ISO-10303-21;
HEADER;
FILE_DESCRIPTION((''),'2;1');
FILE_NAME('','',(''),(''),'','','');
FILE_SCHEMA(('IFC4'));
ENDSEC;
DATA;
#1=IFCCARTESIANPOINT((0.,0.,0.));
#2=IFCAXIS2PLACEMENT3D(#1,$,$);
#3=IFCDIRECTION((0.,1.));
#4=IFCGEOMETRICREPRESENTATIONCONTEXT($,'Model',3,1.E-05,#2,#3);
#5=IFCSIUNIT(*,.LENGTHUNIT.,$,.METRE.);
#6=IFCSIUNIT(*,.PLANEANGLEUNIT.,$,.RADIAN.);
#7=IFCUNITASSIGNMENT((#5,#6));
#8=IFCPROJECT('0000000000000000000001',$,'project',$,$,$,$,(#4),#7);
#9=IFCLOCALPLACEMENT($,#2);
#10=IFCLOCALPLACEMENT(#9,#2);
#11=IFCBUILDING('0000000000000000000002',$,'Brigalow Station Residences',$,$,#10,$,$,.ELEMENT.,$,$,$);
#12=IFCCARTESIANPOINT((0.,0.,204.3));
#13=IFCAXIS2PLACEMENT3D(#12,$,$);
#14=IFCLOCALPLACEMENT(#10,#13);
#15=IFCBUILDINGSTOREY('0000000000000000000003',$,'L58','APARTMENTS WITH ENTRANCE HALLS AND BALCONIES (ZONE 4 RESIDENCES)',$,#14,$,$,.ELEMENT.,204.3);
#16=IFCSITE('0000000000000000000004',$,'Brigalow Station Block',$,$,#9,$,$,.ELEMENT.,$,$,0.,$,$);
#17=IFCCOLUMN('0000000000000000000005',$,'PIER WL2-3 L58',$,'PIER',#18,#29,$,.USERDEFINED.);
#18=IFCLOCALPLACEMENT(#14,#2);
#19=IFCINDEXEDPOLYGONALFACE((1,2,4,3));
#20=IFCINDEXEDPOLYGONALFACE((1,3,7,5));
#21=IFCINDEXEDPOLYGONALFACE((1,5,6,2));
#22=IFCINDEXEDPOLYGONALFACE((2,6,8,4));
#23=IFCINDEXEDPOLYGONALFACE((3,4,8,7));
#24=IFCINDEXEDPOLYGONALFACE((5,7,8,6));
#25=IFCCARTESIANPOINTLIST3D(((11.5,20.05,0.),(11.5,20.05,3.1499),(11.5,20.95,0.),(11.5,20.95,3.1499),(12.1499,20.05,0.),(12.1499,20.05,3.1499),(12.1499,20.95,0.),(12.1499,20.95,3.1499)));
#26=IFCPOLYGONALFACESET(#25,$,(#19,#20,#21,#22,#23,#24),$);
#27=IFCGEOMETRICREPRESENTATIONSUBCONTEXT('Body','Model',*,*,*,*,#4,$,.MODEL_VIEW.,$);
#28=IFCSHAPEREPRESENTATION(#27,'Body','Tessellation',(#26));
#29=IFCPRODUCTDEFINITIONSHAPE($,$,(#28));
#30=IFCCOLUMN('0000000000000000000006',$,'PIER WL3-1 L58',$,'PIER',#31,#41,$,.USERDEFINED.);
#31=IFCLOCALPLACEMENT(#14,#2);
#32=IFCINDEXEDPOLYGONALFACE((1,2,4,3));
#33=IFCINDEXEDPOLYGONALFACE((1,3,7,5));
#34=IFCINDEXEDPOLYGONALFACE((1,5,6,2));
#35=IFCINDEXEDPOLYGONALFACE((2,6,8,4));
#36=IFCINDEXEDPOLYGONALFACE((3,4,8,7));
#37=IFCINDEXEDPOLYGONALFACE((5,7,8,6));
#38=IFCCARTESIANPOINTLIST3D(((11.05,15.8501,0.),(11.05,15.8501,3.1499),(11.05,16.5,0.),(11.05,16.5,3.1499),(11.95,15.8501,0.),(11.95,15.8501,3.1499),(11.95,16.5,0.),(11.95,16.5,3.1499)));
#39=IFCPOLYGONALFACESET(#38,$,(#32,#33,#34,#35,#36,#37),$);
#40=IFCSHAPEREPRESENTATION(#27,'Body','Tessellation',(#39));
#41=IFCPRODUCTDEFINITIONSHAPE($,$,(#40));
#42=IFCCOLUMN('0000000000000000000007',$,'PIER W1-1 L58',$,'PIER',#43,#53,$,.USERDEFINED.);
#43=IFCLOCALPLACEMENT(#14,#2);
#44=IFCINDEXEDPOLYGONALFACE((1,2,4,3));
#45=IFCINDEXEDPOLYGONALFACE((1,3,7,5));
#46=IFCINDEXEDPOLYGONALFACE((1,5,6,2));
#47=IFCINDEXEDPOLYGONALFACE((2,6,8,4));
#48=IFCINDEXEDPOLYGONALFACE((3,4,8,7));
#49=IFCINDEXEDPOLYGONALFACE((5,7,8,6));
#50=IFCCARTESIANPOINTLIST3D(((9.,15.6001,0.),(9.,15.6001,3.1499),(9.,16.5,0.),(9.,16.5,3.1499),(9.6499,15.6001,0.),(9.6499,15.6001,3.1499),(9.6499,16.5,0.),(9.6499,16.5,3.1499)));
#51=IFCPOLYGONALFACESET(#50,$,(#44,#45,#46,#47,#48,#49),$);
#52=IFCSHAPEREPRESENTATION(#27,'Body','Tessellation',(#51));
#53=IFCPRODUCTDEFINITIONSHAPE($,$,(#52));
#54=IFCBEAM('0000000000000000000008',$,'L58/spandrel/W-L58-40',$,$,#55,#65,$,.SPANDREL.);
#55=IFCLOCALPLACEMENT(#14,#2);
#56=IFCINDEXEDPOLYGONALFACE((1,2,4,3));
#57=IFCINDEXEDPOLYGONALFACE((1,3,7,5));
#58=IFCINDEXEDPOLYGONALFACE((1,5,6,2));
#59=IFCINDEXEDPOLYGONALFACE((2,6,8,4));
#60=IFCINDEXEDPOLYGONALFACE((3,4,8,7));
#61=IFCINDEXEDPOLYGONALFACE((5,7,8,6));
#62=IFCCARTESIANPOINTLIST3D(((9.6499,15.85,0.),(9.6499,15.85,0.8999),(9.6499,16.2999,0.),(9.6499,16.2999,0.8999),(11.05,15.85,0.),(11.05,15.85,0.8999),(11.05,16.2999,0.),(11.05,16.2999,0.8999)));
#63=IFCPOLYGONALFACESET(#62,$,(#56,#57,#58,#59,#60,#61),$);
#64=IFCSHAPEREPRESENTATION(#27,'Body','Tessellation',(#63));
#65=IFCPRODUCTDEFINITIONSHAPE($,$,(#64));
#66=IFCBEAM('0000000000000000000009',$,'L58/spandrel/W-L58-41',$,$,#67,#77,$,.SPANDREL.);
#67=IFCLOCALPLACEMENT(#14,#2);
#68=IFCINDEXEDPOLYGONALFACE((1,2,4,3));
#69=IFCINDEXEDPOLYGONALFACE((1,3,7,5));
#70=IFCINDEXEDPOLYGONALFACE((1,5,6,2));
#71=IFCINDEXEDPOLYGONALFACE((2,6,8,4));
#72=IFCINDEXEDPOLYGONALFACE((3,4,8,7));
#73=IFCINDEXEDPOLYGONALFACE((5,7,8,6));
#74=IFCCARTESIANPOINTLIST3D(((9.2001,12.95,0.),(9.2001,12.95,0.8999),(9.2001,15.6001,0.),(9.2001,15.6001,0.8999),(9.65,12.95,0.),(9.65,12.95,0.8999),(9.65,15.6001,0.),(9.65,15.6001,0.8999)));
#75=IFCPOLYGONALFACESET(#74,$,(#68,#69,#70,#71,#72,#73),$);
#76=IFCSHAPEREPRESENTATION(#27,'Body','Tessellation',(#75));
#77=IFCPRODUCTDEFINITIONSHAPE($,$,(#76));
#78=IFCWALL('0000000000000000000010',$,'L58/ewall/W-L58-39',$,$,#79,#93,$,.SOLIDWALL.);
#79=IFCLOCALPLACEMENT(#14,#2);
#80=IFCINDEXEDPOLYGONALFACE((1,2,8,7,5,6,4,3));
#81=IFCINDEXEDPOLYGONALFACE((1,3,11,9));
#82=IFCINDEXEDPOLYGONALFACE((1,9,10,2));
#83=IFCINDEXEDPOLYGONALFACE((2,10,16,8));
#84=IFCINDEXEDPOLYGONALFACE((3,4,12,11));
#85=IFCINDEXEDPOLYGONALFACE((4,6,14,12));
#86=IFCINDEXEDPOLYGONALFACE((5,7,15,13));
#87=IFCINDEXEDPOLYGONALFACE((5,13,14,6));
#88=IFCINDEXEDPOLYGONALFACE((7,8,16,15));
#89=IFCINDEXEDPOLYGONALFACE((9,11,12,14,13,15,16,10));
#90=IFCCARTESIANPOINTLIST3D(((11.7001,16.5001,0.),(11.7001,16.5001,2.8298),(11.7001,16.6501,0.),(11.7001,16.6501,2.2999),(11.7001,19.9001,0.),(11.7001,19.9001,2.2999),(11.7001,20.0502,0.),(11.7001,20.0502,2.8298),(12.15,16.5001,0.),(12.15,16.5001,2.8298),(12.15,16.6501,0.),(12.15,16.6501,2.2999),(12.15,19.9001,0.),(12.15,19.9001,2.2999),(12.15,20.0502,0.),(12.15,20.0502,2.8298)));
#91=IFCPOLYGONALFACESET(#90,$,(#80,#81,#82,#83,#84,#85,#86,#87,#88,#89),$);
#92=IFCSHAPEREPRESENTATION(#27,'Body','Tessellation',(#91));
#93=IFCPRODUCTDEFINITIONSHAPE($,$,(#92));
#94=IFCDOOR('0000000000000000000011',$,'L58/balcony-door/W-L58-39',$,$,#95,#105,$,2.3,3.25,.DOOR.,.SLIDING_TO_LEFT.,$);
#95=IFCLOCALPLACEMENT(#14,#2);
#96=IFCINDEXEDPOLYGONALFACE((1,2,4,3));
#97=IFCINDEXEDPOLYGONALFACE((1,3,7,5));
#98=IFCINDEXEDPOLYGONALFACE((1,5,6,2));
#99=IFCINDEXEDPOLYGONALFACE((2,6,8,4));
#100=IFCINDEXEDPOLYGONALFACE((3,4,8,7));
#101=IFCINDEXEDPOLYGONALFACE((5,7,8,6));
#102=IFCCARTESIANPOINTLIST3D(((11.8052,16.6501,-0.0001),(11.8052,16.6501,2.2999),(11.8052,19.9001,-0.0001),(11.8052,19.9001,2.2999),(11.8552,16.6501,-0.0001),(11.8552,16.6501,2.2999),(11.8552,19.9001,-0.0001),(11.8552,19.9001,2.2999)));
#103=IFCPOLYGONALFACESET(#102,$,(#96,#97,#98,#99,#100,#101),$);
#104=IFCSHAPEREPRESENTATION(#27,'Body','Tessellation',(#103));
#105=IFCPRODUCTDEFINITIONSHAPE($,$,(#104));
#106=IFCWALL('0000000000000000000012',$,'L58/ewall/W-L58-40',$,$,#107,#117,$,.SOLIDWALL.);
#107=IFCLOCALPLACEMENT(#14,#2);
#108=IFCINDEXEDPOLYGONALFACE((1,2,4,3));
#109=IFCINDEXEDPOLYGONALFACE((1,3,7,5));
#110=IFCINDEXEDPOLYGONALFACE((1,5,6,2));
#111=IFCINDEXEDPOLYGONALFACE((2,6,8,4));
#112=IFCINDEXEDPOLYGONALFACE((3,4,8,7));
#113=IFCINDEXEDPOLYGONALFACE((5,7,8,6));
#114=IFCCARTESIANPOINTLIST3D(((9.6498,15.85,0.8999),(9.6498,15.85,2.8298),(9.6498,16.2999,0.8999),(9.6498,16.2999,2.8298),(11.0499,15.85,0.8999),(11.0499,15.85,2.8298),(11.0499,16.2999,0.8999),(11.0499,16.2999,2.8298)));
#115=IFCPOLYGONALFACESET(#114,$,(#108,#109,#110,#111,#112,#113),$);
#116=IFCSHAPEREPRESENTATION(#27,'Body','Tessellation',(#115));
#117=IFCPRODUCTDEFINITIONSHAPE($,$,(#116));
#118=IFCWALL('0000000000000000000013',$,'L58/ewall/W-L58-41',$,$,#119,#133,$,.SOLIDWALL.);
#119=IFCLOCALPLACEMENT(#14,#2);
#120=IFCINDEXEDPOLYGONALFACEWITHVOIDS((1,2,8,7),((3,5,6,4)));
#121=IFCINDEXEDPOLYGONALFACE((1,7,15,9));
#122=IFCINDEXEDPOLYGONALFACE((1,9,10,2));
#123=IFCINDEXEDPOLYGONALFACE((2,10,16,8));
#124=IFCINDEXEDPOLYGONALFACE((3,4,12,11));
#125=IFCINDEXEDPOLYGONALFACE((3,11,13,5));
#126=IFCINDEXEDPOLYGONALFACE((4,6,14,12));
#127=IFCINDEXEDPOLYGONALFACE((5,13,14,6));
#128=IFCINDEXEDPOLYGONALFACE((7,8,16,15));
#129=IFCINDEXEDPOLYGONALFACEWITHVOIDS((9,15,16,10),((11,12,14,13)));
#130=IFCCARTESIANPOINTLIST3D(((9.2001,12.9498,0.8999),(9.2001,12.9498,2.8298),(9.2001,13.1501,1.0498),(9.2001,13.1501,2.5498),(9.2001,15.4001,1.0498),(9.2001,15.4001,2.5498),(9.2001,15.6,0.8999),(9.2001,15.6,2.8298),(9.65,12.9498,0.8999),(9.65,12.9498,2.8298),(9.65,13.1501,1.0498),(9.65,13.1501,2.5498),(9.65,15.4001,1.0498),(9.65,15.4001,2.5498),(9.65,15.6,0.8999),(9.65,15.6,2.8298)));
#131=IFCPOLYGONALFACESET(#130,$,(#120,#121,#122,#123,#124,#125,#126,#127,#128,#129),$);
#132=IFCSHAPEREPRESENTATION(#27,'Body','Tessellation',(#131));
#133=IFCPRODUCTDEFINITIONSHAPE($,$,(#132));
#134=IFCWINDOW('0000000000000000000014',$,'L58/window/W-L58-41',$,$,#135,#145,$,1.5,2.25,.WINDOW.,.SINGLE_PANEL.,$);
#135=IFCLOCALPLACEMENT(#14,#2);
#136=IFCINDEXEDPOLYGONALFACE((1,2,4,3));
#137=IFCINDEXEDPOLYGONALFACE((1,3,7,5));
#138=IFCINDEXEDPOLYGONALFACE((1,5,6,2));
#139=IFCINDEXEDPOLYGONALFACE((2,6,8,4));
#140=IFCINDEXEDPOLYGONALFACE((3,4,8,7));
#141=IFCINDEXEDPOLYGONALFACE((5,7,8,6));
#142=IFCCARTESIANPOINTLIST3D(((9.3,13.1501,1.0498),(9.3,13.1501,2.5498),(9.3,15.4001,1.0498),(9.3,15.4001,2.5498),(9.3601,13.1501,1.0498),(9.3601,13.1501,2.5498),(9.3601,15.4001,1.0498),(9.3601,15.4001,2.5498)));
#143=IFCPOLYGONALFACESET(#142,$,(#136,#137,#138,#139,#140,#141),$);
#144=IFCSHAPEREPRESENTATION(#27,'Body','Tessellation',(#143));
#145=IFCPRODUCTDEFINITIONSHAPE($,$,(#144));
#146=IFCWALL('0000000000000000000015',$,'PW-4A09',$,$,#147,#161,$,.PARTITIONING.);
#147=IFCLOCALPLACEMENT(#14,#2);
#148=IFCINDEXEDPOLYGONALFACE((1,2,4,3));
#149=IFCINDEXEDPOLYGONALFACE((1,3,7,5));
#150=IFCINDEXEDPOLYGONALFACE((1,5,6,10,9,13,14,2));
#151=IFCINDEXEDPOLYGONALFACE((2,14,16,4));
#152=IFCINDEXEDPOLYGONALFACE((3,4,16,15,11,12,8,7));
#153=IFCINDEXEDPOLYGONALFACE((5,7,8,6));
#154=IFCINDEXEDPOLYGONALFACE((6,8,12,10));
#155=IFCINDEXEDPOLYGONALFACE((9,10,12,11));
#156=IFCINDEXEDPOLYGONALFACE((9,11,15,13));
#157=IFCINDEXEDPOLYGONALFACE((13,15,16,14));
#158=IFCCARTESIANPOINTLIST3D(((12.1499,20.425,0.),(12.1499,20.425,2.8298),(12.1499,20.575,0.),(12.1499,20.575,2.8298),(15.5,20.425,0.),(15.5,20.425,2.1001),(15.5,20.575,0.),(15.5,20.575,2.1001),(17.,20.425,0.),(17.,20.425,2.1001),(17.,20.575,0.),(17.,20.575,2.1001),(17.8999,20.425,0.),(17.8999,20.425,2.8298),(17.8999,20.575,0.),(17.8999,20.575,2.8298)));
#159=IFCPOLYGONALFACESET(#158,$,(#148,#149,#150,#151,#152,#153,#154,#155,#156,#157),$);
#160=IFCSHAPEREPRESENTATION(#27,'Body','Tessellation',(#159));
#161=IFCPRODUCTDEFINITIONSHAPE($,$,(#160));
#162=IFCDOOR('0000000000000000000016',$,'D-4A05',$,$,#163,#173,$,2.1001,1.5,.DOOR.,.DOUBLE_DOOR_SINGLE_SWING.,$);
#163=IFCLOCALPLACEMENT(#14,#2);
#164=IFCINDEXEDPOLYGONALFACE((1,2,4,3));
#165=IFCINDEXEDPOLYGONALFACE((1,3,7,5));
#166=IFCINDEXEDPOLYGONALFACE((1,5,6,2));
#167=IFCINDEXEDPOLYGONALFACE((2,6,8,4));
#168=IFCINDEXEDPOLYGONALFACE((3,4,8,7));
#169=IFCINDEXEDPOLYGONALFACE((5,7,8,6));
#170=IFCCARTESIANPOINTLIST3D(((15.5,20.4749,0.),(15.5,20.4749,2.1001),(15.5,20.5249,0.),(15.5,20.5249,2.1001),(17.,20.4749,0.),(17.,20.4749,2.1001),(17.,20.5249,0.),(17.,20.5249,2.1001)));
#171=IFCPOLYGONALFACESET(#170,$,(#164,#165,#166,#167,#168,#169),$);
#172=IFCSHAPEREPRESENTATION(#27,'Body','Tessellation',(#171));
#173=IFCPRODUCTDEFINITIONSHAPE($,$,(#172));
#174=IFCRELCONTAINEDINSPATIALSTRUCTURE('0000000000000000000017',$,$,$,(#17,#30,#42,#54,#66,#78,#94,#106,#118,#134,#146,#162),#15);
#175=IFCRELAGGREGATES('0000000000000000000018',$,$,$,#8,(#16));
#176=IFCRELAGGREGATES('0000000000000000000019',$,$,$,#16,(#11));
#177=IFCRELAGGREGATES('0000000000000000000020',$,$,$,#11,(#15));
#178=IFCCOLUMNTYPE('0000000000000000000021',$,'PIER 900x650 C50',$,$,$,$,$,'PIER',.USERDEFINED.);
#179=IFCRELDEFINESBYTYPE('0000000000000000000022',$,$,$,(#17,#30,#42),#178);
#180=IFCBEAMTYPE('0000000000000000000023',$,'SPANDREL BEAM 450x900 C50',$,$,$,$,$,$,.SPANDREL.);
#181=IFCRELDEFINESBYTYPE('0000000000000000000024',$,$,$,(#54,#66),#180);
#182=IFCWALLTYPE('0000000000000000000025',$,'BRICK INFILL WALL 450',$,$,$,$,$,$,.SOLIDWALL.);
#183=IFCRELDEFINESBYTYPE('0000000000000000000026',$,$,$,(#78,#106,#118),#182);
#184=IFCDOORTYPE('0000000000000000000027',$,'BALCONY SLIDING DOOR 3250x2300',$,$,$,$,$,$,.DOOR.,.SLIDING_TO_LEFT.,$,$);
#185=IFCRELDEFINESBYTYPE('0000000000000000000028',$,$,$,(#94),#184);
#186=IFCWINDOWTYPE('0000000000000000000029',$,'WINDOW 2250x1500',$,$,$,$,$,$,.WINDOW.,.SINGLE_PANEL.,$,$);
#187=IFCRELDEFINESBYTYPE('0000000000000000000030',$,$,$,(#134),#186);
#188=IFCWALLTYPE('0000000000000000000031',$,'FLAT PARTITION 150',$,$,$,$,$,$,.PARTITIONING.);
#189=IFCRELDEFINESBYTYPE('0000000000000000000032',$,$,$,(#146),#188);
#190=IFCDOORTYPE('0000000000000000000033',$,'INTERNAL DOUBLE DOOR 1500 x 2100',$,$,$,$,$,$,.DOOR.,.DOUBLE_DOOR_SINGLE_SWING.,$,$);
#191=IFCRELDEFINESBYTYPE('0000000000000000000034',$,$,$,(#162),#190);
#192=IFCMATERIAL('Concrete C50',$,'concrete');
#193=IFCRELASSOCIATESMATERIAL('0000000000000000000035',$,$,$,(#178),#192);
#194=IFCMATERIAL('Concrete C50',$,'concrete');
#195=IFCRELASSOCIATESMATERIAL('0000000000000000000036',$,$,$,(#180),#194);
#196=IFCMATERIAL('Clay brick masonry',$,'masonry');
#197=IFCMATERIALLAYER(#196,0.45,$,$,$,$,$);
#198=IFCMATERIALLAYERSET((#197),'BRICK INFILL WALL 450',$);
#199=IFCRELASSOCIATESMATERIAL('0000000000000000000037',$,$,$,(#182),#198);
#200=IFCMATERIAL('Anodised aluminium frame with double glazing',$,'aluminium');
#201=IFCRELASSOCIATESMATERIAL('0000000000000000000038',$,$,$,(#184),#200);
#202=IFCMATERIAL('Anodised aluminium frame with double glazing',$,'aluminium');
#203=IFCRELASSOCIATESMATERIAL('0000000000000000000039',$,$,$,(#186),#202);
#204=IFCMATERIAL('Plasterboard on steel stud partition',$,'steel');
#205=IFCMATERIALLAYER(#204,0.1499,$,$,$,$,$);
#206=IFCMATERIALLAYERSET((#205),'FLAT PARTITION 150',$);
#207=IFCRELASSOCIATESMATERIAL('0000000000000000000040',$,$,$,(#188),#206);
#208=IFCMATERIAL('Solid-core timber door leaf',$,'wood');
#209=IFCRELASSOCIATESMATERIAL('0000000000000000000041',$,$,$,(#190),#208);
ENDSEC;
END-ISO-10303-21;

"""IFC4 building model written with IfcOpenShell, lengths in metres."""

from ifc_helpers import new_model, si_unit, direction, frame, frame_2d, origin, origin_2d, place, context, subcontext, project, spatial, rectangle, extrude, material, layer, layer_set, material_profile, profile_set, type_object, element, fill, save


model = new_model("IFC4")

# Units and contexts
model_context = context("Model", 3, precision=1e-05, world=origin(), true_north=direction((0.0, 1.0)))
body_context = subcontext(model_context, "Body", "Model", "MODEL_VIEW")
ifc_project = project(units=[si_unit("LENGTHUNIT", "METRE"), si_unit("PLANEANGLEUNIT", "RADIAN")], contexts=[model_context])

# Site, building, storey
site_placement = place(None, origin())
site = spatial("IfcSite", under=ifc_project, at=site_placement, Name="Brigalow Station Block", CompositionType="ELEMENT", RefElevation=0.0)
building_placement = place(site_placement, origin())
building = spatial("IfcBuilding", under=site, at=building_placement, Name="Brigalow Station Residences", CompositionType="ELEMENT")
storey_placement = place(building_placement, frame((0.0, 0.0, 204.3)))
storey = spatial("IfcBuildingStorey", under=building, at=storey_placement, Name="L58", Description="APARTMENTS WITH ENTRANCE HALLS AND BALCONIES (ZONE 4 RESIDENCES)", CompositionType="ELEMENT", Elevation=204.3)

# Columns
ifc_material_1 = material(Name="Concrete C50", Category="concrete")
ifc_material_profile_1 = material_profile(ifc_material_1, rectangle(XDim=0.8999, YDim=0.6499, at=origin_2d()), Name="RC900x650")
ifc_profile_set_1 = profile_set([ifc_material_profile_1], Name="Concrete C50")
column_type = type_object("IfcColumnType", Name="PIER 900x650 C50", ElementType="PIER", PredefinedType="USERDEFINED", material=ifc_profile_set_1)
for number, where, z_axis, x_axis, name in (
    (1, (11.825, 20.5, 0.0), (0.0, 0.0, 1.0), (0.0, -1.0, 0.0), "PIER WL2-3 L58"),
    (2, (11.5, 16.175, 0.0), (0.0, 0.0, 1.0), (-1.0, 0.0, 0.0), "PIER WL3-1 L58"),
    (3, (9.325, 16.05, 0.0), (0.0, 0.0, 1.0), (0.0, -1.0, 0.0), "PIER W1-1 L58"),
):
    element("IfcColumn", number, at=place(storey_placement, frame(where, z_axis=z_axis, x_axis=x_axis)), inside=storey, type_object=column_type, Name=name, ObjectType="PIER", PredefinedType="USERDEFINED", context=body_context, shape_type="SweptSolid", body=[
        extrude(rectangle(XDim=0.8999, YDim=0.6499, at=origin_2d()), origin(), (0.0, 0.0, 1.0), 3.1499),
    ])

# Beams
ifc_material_2 = material(Name="Concrete C50", Category="concrete")
ifc_material_profile_2 = material_profile(ifc_material_2, rectangle(XDim=0.45, YDim=0.8999, at=origin_2d()), Name="RC450x900")
ifc_profile_set_2 = profile_set([ifc_material_profile_2], Name="Concrete C50")
beam_type = type_object("IfcBeamType", Name="SPANDREL BEAM 450x900 C50", PredefinedType="SPANDREL", material=ifc_profile_set_2)
beam_1_placement = place(storey_placement, frame((11.05, 16.075, 0.45), z_axis=(-1.0, 0.0, 0.0), x_axis=(0.0, -1.0, 0.0)))
element("IfcBeam", 4, at=beam_1_placement, inside=storey, type_object=beam_type, Name="L58/spandrel/W-L58-40", PredefinedType="SPANDREL", context=body_context, shape_type="SweptSolid", body=[
    extrude(rectangle(XDim=0.45, YDim=0.8999, at=origin_2d()), origin(), (0.0, 0.0, 1.0), 1.4001),
])
beam_2_placement = place(storey_placement, frame((9.425, 15.6001, 0.45), z_axis=(0.0, -1.0, 0.0), x_axis=(1.0, 0.0, 0.0)))
element("IfcBeam", 5, at=beam_2_placement, inside=storey, type_object=beam_type, Name="L58/spandrel/W-L58-41", PredefinedType="SPANDREL", context=body_context, shape_type="SweptSolid", body=[
    extrude(rectangle(XDim=0.45, YDim=0.8999, at=origin_2d()), origin(), (0.0, 0.0, 1.0), 2.6501),
])

# Wall, opening, door
ifc_material_3 = material(Name="Clay brick masonry", Category="masonry")
ifc_layer_1 = layer(ifc_material_3, 0.45)
ifc_layer_set_1 = layer_set([ifc_layer_1], Name="BRICK INFILL WALL 450")
wall_type_1 = type_object("IfcWallType", Name="BRICK INFILL WALL 450", PredefinedType="SOLIDWALL", material=ifc_layer_set_1)
wall_1_placement = place(storey_placement, frame((11.925, 20.05, 0.0), z_axis=(0.0, 0.0, 1.0), x_axis=(0.0, -1.0, 0.0)))
wall_1 = element("IfcWall", 6, at=wall_1_placement, inside=storey, type_object=wall_type_1, Name="L58/ewall/W-L58-39", PredefinedType="SOLIDWALL", context=body_context, shape_type="SweptSolid", body=[
    extrude(rectangle(XDim=3.55, YDim=0.45, at=frame_2d((1.7749, 0.0))), origin(), (0.0, 0.0, 1.0), 2.8298),
])
opening_1_placement = place(wall_1_placement, frame((0.1499, 0.0, 0.0)))
opening_1 = element("IfcOpeningElement", 7, at=opening_1_placement, cuts=wall_1, PredefinedType="OPENING", context=body_context, shape_type="SweptSolid", body=[
    extrude(rectangle(XDim=3.25, YDim=2.3, at=frame_2d((1.625, 1.1499))), frame((0.0, 0.2349, 0.0), z_axis=(0.0, -1.0, 0.0), x_axis=(1.0, 0.0, 0.0)), (0.0, 0.0, 1.0), 0.47),
])
ifc_material_4 = material(Name="Anodised aluminium frame with double glazing", Category="aluminium")
door_type_1 = type_object("IfcDoorType", Name="BALCONY SLIDING DOOR 3250x2300", OperationType="SLIDING_TO_LEFT", PredefinedType="DOOR", material=ifc_material_4)
door_1_placement = place(opening_1_placement, origin())
door_1 = element("IfcDoor", 8, at=door_1_placement, inside=storey, type_object=door_type_1, Name="L58/balcony-door/W-L58-39", OperationType="SLIDING_TO_LEFT", OverallHeight=2.3, OverallWidth=3.25, PredefinedType="DOOR", context=body_context, shape_type="SweptSolid", body=[
    extrude(rectangle(XDim=3.25, YDim=2.3, at=frame_2d((1.625, 1.1499))), frame((0.0, -0.0698, 0.0), z_axis=(0.0, -1.0, 0.0), x_axis=(1.0, 0.0, 0.0)), (0.0, 0.0, 1.0), 0.05),
])
fill(opening_1, door_1)

# Wall
wall_2_placement = place(storey_placement, frame((11.05, 16.075, 0.8999), z_axis=(0.0, 0.0, 1.0), x_axis=(-1.0, 0.0, 0.0)))
element("IfcWall", 9, at=wall_2_placement, inside=storey, type_object=wall_type_1, Name="L58/ewall/W-L58-40", PredefinedType="SOLIDWALL", context=body_context, shape_type="SweptSolid", body=[
    extrude(rectangle(XDim=1.4001, YDim=0.45, at=frame_2d((0.7002, 0.0))), origin(), (0.0, 0.0, 1.0), 1.9299),
])

# Wall, opening, window
wall_3_placement = place(storey_placement, frame((9.425, 15.6001, 0.8999), z_axis=(0.0, 0.0, 1.0), x_axis=(0.0, -1.0, 0.0)))
wall_3 = element("IfcWall", 10, at=wall_3_placement, inside=storey, type_object=wall_type_1, Name="L58/ewall/W-L58-41", PredefinedType="SOLIDWALL", context=body_context, shape_type="SweptSolid", body=[
    extrude(rectangle(XDim=2.6501, YDim=0.45, at=frame_2d((1.3252, 0.0))), origin(), (0.0, 0.0, 1.0), 1.9299),
])
opening_2_placement = place(wall_3_placement, frame((0.2, 0.0, 0.1499)))
opening_2 = element("IfcOpeningElement", 11, at=opening_2_placement, cuts=wall_3, PredefinedType="OPENING", context=body_context, shape_type="SweptSolid", body=[
    extrude(rectangle(XDim=2.25, YDim=1.5, at=frame_2d((1.125, 0.75))), frame((0.0, 0.2349, 0.0), z_axis=(0.0, -1.0, 0.0), x_axis=(1.0, 0.0, 0.0)), (0.0, 0.0, 1.0), 0.47),
])
ifc_material_5 = material(Name="Anodised aluminium frame with double glazing", Category="aluminium")
window_type = type_object("IfcWindowType", Name="WINDOW 2250x1500", PartitioningType="SINGLE_PANEL", PredefinedType="WINDOW", material=ifc_material_5)
window_placement = place(opening_2_placement, origin())
window = element("IfcWindow", 12, at=window_placement, inside=storey, type_object=window_type, Name="L58/window/W-L58-41", OverallHeight=1.5, OverallWidth=2.25, PartitioningType="SINGLE_PANEL", PredefinedType="WINDOW", context=body_context, shape_type="SweptSolid", body=[
    extrude(rectangle(XDim=2.25, YDim=1.5, at=frame_2d((1.125, 0.75))), frame((0.0, -0.0649, 0.0), z_axis=(0.0, -1.0, 0.0), x_axis=(1.0, 0.0, 0.0)), (0.0, 0.0, 1.0), 0.0601),
])
fill(opening_2, window)

# Wall, opening, door
ifc_material_6 = material(Name="Plasterboard on steel stud partition", Category="steel")
ifc_layer_2 = layer(ifc_material_6, 0.1499)
ifc_layer_set_2 = layer_set([ifc_layer_2], Name="FLAT PARTITION 150")
wall_type_2 = type_object("IfcWallType", Name="FLAT PARTITION 150", PredefinedType="PARTITIONING", material=ifc_layer_set_2)
wall_4_placement = place(storey_placement, frame((12.1499, 20.5, 0.0), z_axis=(0.0, 0.0, 1.0), x_axis=(1.0, 0.0, 0.0)))
wall_4 = element("IfcWall", 13, at=wall_4_placement, inside=storey, type_object=wall_type_2, Name="PW-4A09", PredefinedType="PARTITIONING", context=body_context, shape_type="SweptSolid", body=[
    extrude(rectangle(XDim=5.75, YDim=0.1499, at=frame_2d((2.875, 0.0))), origin(), (0.0, 0.0, 1.0), 2.8298),
])
opening_3_placement = place(wall_4_placement, frame((3.3501, 0.0, 0.0)))
opening_3 = element("IfcOpeningElement", 14, at=opening_3_placement, cuts=wall_4, PredefinedType="OPENING", context=body_context, shape_type="SweptSolid", body=[
    extrude(rectangle(XDim=1.5, YDim=2.1001, at=frame_2d((0.75, 1.05))), frame((0.0, 0.085, 0.0), z_axis=(0.0, -1.0, 0.0), x_axis=(1.0, 0.0, 0.0)), (0.0, 0.0, 1.0), 0.1699),
])
ifc_material_7 = material(Name="Solid-core timber door leaf", Category="wood")
door_type_2 = type_object("IfcDoorType", Name="INTERNAL DOUBLE DOOR 1500 x 2100", OperationType="DOUBLE_DOOR_SINGLE_SWING", PredefinedType="DOOR", material=ifc_material_7)
door_2_placement = place(opening_3_placement, origin())
door_2 = element("IfcDoor", 15, at=door_2_placement, inside=storey, type_object=door_type_2, Name="D-4A05", OperationType="DOUBLE_DOOR_SINGLE_SWING", OverallHeight=2.1001, OverallWidth=1.5, PredefinedType="DOOR", context=body_context, shape_type="SweptSolid", body=[
    extrude(rectangle(XDim=1.5, YDim=2.1001, at=frame_2d((0.75, 1.05))), frame((0.0, 0.0249, 0.0), z_axis=(0.0, -1.0, 0.0), x_axis=(1.0, 0.0, 0.0)), (0.0, 0.0, 1.0), 0.05),
])
fill(opening_3, door_2)

save(model, "model.ifc")
